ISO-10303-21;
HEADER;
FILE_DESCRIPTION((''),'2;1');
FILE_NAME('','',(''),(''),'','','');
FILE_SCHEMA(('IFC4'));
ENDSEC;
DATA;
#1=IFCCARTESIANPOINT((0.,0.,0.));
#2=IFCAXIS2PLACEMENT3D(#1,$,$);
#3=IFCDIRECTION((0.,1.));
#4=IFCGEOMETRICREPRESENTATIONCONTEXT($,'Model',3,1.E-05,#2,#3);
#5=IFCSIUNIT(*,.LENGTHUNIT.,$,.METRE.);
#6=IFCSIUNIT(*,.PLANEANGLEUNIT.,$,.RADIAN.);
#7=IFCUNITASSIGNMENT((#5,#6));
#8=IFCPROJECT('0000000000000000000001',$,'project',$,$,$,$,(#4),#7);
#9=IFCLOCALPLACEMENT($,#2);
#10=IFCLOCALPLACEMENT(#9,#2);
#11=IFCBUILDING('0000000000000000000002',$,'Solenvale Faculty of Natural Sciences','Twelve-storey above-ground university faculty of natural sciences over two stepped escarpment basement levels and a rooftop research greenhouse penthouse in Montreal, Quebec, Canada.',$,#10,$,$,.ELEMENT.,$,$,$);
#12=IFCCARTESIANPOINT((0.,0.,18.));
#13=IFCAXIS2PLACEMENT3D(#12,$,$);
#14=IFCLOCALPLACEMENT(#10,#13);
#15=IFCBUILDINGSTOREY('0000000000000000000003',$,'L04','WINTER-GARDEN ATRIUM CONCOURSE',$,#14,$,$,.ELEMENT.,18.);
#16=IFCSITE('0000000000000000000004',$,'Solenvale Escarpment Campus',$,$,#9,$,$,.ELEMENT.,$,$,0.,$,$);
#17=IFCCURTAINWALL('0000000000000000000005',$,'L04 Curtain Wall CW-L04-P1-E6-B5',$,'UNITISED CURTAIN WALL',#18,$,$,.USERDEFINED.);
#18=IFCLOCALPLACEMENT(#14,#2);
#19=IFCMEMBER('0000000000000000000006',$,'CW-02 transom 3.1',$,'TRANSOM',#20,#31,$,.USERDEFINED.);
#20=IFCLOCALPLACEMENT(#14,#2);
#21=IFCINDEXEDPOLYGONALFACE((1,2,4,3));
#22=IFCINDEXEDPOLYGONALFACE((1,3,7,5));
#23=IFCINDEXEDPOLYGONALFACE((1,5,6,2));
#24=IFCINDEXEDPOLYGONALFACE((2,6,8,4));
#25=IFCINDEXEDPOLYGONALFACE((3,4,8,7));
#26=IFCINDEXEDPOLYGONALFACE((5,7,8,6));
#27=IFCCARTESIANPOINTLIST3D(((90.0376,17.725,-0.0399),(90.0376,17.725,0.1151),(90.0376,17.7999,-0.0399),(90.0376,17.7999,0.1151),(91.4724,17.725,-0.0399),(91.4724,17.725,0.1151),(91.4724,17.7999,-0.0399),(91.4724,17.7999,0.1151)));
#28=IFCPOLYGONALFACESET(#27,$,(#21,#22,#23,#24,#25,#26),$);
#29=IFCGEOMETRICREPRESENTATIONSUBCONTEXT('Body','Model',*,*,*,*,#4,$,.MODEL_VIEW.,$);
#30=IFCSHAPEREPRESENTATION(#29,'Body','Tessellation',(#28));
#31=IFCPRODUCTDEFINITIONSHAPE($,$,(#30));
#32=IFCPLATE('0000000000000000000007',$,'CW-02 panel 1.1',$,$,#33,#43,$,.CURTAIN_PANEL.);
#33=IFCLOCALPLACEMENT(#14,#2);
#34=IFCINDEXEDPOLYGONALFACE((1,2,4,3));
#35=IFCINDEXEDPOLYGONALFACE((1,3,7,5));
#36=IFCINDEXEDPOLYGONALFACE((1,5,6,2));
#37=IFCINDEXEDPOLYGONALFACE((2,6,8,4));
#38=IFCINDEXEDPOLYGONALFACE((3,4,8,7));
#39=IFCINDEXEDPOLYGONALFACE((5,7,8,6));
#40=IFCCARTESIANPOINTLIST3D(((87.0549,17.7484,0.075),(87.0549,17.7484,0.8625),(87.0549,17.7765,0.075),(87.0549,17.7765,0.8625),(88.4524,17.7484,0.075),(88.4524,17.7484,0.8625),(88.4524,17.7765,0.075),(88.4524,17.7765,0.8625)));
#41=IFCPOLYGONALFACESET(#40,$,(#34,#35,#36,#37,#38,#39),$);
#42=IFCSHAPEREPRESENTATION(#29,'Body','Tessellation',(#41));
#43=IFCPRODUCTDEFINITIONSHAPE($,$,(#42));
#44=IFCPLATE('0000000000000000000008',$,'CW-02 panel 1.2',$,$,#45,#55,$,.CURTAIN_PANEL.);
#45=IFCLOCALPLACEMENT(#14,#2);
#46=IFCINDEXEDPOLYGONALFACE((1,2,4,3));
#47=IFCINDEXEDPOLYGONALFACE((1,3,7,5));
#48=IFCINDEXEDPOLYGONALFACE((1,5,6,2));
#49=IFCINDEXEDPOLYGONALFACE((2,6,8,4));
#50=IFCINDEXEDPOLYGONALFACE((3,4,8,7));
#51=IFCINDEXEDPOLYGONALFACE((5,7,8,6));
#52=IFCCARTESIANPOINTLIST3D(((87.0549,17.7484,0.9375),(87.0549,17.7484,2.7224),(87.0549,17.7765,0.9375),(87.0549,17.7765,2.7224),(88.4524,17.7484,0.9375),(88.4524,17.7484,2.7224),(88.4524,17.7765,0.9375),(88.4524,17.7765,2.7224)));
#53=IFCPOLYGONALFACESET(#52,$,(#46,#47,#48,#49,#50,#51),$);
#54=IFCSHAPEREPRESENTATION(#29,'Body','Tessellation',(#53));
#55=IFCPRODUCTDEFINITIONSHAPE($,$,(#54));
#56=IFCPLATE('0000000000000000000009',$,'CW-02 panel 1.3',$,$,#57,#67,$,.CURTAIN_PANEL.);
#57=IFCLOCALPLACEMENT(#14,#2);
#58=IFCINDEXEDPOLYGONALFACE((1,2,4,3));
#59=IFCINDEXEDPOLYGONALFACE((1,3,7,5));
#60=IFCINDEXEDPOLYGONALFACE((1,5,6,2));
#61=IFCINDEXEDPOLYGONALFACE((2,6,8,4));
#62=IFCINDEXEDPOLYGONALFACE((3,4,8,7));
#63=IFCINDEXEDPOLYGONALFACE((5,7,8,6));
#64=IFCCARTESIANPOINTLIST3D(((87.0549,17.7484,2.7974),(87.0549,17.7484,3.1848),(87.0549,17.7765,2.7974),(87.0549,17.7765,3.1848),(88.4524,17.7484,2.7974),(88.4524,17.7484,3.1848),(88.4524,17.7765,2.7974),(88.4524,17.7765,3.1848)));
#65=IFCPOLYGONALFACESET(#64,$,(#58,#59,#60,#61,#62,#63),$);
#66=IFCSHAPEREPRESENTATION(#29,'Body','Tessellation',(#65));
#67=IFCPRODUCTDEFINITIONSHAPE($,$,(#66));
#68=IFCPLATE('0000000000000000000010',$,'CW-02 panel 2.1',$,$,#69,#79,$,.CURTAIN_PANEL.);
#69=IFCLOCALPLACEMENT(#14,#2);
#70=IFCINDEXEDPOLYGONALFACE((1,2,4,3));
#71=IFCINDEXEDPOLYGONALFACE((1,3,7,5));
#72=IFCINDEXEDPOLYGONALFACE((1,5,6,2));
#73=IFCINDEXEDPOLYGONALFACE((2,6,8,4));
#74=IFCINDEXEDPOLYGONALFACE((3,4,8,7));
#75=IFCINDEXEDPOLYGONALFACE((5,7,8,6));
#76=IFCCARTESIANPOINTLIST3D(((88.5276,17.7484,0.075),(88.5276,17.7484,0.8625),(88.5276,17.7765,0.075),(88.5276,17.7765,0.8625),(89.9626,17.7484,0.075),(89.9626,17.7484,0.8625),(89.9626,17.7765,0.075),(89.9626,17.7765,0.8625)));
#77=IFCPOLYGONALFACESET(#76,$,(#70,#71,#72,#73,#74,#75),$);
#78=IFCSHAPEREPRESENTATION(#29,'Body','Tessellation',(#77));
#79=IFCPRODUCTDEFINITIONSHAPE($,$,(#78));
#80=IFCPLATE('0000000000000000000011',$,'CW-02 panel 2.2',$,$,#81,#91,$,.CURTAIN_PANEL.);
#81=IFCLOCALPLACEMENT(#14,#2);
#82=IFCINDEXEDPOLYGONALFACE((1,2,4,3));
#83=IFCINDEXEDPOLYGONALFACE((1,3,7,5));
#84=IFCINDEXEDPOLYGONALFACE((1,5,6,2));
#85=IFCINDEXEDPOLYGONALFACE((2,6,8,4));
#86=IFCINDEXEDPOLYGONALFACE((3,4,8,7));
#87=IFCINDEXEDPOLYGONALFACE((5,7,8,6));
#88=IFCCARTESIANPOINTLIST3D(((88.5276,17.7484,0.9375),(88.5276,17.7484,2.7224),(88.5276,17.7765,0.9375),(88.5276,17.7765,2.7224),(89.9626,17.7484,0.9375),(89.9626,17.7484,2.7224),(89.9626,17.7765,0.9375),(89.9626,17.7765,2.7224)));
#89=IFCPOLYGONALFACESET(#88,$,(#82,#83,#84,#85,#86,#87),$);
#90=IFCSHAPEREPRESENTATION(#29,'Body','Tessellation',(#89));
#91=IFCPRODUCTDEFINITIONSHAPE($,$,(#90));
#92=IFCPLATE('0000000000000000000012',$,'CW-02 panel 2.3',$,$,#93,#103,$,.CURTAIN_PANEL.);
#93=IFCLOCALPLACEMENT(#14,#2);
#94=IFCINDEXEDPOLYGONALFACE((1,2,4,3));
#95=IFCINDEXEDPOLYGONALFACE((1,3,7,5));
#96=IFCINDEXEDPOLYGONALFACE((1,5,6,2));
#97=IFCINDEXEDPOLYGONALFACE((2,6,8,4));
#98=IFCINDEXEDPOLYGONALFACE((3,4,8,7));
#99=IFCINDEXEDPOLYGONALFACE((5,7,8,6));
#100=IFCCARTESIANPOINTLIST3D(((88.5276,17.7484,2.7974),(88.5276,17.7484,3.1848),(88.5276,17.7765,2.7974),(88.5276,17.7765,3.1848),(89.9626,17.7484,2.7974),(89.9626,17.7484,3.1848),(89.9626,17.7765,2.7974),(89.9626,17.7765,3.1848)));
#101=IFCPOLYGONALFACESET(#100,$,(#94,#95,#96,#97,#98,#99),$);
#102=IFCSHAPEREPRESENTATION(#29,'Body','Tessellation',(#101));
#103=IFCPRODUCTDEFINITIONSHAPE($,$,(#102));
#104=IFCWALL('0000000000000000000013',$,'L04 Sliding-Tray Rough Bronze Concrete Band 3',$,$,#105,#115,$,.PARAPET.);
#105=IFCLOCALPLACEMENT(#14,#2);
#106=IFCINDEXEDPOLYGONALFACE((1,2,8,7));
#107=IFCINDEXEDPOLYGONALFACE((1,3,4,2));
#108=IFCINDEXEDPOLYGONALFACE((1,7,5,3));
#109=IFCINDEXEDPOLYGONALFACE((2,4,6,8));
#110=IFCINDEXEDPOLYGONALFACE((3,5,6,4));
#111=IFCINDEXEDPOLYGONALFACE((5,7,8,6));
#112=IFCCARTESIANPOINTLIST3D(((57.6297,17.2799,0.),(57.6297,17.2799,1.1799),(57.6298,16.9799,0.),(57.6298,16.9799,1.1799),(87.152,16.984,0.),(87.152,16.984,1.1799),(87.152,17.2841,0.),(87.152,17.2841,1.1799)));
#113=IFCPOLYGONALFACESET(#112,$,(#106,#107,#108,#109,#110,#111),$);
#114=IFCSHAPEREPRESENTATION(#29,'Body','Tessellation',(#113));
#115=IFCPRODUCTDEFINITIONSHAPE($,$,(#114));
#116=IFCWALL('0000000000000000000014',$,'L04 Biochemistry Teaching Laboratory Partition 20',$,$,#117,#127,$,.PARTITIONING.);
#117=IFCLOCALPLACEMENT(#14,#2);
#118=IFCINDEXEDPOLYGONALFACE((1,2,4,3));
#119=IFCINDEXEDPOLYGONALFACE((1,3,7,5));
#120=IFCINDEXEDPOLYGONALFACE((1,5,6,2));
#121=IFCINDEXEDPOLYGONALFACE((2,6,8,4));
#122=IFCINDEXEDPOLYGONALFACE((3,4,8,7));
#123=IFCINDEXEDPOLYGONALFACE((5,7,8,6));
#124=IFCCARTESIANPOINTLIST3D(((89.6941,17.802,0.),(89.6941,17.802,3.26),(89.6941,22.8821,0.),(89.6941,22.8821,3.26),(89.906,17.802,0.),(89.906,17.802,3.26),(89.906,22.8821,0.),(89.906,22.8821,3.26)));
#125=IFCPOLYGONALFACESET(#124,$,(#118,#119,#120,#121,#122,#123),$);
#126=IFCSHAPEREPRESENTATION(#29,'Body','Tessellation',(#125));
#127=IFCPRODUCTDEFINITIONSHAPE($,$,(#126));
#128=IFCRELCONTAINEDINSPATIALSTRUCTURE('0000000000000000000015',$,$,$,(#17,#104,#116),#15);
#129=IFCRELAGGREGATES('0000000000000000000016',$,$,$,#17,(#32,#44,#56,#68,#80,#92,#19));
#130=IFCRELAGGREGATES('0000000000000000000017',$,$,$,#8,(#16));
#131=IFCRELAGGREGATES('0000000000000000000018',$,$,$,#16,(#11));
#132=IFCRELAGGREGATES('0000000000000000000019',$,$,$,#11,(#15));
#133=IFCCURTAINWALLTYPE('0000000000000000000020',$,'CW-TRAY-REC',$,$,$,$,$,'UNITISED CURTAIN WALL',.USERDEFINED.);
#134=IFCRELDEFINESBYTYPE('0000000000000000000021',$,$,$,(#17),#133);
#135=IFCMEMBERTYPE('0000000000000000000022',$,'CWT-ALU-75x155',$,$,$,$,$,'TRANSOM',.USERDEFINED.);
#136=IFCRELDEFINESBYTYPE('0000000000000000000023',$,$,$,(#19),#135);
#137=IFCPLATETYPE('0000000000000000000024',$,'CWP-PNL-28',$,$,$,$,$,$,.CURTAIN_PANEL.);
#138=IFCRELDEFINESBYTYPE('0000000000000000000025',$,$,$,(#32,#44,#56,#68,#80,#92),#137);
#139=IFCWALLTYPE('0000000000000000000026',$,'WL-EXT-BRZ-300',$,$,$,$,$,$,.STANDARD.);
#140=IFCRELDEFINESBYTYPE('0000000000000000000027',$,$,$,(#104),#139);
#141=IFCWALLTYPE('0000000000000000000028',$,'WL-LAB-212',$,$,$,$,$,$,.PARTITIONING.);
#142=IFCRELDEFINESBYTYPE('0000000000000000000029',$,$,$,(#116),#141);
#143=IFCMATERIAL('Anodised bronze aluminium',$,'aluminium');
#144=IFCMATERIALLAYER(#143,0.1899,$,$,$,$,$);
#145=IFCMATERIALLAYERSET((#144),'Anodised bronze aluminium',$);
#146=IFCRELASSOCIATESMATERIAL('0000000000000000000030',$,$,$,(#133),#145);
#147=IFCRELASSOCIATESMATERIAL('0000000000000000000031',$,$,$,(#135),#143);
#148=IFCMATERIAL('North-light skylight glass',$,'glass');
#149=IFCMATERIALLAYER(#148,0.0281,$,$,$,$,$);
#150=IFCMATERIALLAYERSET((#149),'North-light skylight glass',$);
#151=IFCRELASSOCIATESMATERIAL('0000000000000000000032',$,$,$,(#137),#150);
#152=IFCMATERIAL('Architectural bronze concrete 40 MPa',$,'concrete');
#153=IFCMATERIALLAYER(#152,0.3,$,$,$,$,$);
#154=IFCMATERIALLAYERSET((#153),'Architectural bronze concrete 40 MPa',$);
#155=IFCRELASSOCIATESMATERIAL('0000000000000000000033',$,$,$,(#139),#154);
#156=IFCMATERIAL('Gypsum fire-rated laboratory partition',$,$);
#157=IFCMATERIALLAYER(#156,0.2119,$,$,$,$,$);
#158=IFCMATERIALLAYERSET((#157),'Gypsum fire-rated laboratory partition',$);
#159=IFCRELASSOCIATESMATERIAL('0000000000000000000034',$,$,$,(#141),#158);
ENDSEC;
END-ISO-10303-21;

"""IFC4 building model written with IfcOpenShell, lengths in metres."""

from ifc_helpers import new_model, si_unit, direction, frame, frame_2d, origin, origin_2d, place, context, subcontext, project, spatial, rectangle, extrude, material, layer, layer_set, material_profile, profile_set, type_object, element, aggregate, save


model = new_model("IFC4")

# Units and contexts
model_context = context("Model", 3, precision=1e-05, world=origin(), true_north=direction((0.0, 1.0)))
body_context = subcontext(model_context, "Body", "Model", "MODEL_VIEW")
ifc_project = project(units=[si_unit("LENGTHUNIT", "METRE"), si_unit("PLANEANGLEUNIT", "RADIAN")], contexts=[model_context])

# Site, building, storey
site_placement = place(None, origin())
site = spatial("IfcSite", under=ifc_project, at=site_placement, Name="Solenvale Escarpment Campus", CompositionType="ELEMENT", RefElevation=0.0)
building_placement = place(site_placement, origin())
building = spatial("IfcBuilding", under=site, at=building_placement, Name="Solenvale Faculty of Natural Sciences", Description="Twelve-storey above-ground university faculty of natural sciences over two stepped escarpment basement levels and a rooftop research greenhouse penthouse in Montreal, Quebec, Canada.", CompositionType="ELEMENT")
storey_placement = place(building_placement, frame((0.0, 0.0, 18.0)))
storey = spatial("IfcBuildingStorey", under=building, at=storey_placement, Name="L04", Description="WINTER-GARDEN ATRIUM CONCOURSE", CompositionType="ELEMENT", Elevation=18.0)

# Shared definitions
ifc_material_1 = material(Name="Architectural bronze concrete 40 MPa", Category="concrete")

# Curtain wall, member, plates
ifc_material_2 = material(Name="Anodised bronze aluminium", Category="aluminium")
ifc_layer_1 = layer(ifc_material_2, 0.1899)
ifc_layer_set_1 = layer_set([ifc_layer_1], Name="Anodised bronze aluminium")
curtain_wall_type = type_object("IfcCurtainWallType", Name="CW-TRAY-REC", ElementType="UNITISED CURTAIN WALL", PredefinedType="USERDEFINED", material=ifc_layer_set_1)
curtain_wall_placement = place(storey_placement, origin())
curtain_wall = element("IfcCurtainWall", 1, at=curtain_wall_placement, inside=storey, type_object=curtain_wall_type, Name="L04 Curtain Wall CW-L04-P1-E6-B5", ObjectType="UNITISED CURTAIN WALL", PredefinedType="USERDEFINED")
ifc_material_profile_1 = material_profile(ifc_material_2, rectangle(XDim=0.075, YDim=0.155, at=origin_2d()), Name="ALU-TRN-75x155")
ifc_profile_set_1 = profile_set([ifc_material_profile_1], Name="Anodised bronze aluminium")
member_type_1 = type_object("IfcMemberType", Name="CWT-ALU-75x155", ElementType="TRANSOM", PredefinedType="USERDEFINED", material=ifc_profile_set_1)
member_1_placement = place(storey_placement, frame((90.0376, 17.7625, 0.0376), z_axis=(1.0, 0.0, 0.0), x_axis=(0.0, 1.0, 0.0)))
member_1 = element("IfcMember", 2, at=member_1_placement, type_object=member_type_1, Name="CW-02 transom 3.1", ObjectType="TRANSOM", PredefinedType="USERDEFINED", context=body_context, shape_type="SweptSolid", body=[
    extrude(rectangle(XDim=0.075, YDim=0.155, at=origin_2d()), origin(), (0.0, 0.0, 1.0), 1.4348),
])
ifc_material_3 = material(Name="North-light skylight glass", Category="glass")
ifc_layer_2 = layer(ifc_material_3, 0.0281)
ifc_layer_set_2 = layer_set([ifc_layer_2], Name="North-light skylight glass")
plate_type = type_object("IfcPlateType", Name="CWP-PNL-28", PredefinedType="CURTAIN_PANEL", material=ifc_layer_set_2)
plate_1_placement = place(storey_placement, frame((87.7537, 17.7625, 0.075), z_axis=(0.0, 0.0, 1.0), x_axis=(1.0, 0.0, 0.0)))
plate_1 = element("IfcPlate", 3, at=plate_1_placement, type_object=plate_type, Name="CW-02 panel 1.1", PredefinedType="CURTAIN_PANEL", context=body_context, shape_type="SweptSolid", body=[
    extrude(rectangle(XDim=1.3975, YDim=0.0281, at=origin_2d()), origin(), (0.0, 0.0, 1.0), 0.7876),
])
plate_2_placement = place(storey_placement, frame((87.7537, 17.7625, 0.9375), z_axis=(0.0, 0.0, 1.0), x_axis=(1.0, 0.0, 0.0)))
plate_2 = element("IfcPlate", 4, at=plate_2_placement, type_object=plate_type, Name="CW-02 panel 1.2", PredefinedType="CURTAIN_PANEL", context=body_context, shape_type="SweptSolid", body=[
    extrude(rectangle(XDim=1.3975, YDim=0.0281, at=origin_2d()), origin(), (0.0, 0.0, 1.0), 1.7849),
])
plate_3_placement = place(storey_placement, frame((87.7537, 17.7625, 2.7974), z_axis=(0.0, 0.0, 1.0), x_axis=(1.0, 0.0, 0.0)))
plate_3 = element("IfcPlate", 5, at=plate_3_placement, type_object=plate_type, Name="CW-02 panel 1.3", PredefinedType="CURTAIN_PANEL", context=body_context, shape_type="SweptSolid", body=[
    extrude(rectangle(XDim=1.3975, YDim=0.0281, at=origin_2d()), origin(), (0.0, 0.0, 1.0), 0.3875),
])
plate_4_placement = place(storey_placement, frame((89.2451, 17.7625, 0.075), z_axis=(0.0, 0.0, 1.0), x_axis=(1.0, 0.0, 0.0)))
plate_4 = element("IfcPlate", 6, at=plate_4_placement, type_object=plate_type, Name="CW-02 panel 2.1", PredefinedType="CURTAIN_PANEL", context=body_context, shape_type="SweptSolid", body=[
    extrude(rectangle(XDim=1.4351, YDim=0.0281, at=origin_2d()), origin(), (0.0, 0.0, 1.0), 0.7876),
])
plate_5_placement = place(storey_placement, frame((89.2451, 17.7625, 0.9375), z_axis=(0.0, 0.0, 1.0), x_axis=(1.0, 0.0, 0.0)))
plate_5 = element("IfcPlate", 7, at=plate_5_placement, type_object=plate_type, Name="CW-02 panel 2.2", PredefinedType="CURTAIN_PANEL", context=body_context, shape_type="SweptSolid", body=[
    extrude(rectangle(XDim=1.4351, YDim=0.0281, at=origin_2d()), origin(), (0.0, 0.0, 1.0), 1.7849),
])
plate_6_placement = place(storey_placement, frame((89.2451, 17.7625, 2.7974), z_axis=(0.0, 0.0, 1.0), x_axis=(1.0, 0.0, 0.0)))
plate_6 = element("IfcPlate", 8, at=plate_6_placement, type_object=plate_type, Name="CW-02 panel 2.3", PredefinedType="CURTAIN_PANEL", context=body_context, shape_type="SweptSolid", body=[
    extrude(rectangle(XDim=1.4351, YDim=0.0281, at=origin_2d()), origin(), (0.0, 0.0, 1.0), 0.3875),
])
aggregate(curtain_wall, [plate_1, plate_2, plate_3, plate_4, plate_5, plate_6, member_1])

# Walls
ifc_layer_3 = layer(ifc_material_1, 0.3)
ifc_layer_set_3 = layer_set([ifc_layer_3], Name="Architectural bronze concrete 40 MPa")
wall_type_1 = type_object("IfcWallType", Name="WL-EXT-BRZ-300", PredefinedType="STANDARD", material=ifc_layer_set_3)
wall_1_placement = place(storey_placement, frame((87.1521, 17.134, 0.0), z_axis=(0.0, 0.0, 1.0), x_axis=(-1.0, -0.000141, 0.0)))
element("IfcWall", 9, at=wall_1_placement, inside=storey, type_object=wall_type_1, Name="L04 Sliding-Tray Rough Bronze Concrete Band 3", PredefinedType="PARAPET", context=body_context, shape_type="SweptSolid", body=[
    extrude(rectangle(XDim=29.5222, YDim=0.3, at=frame_2d((14.7612, 0.0))), origin(), (0.0, 0.0, 1.0), 1.1799),
])
ifc_material_4 = material(Name="Gypsum fire-rated laboratory partition")
ifc_layer_4 = layer(ifc_material_4, 0.2119)
ifc_layer_set_4 = layer_set([ifc_layer_4], Name="Gypsum fire-rated laboratory partition")
wall_type_2 = type_object("IfcWallType", Name="WL-LAB-212", PredefinedType="PARTITIONING", material=ifc_layer_set_4)
wall_2_placement = place(storey_placement, frame((89.8, 22.8821, 0.0), z_axis=(0.0, 0.0, 1.0), x_axis=(0.0, -1.0, 0.0)))
element("IfcWall", 10, at=wall_2_placement, inside=storey, type_object=wall_type_2, Name="L04 Biochemistry Teaching Laboratory Partition 20", PredefinedType="PARTITIONING", context=body_context, shape_type="SweptSolid", body=[
    extrude(rectangle(XDim=5.0801, YDim=0.2119, at=frame_2d((2.54, 0.0))), origin(), (0.0, 0.0, 1.0), 3.26),
])

save(model, "model.ifc")
